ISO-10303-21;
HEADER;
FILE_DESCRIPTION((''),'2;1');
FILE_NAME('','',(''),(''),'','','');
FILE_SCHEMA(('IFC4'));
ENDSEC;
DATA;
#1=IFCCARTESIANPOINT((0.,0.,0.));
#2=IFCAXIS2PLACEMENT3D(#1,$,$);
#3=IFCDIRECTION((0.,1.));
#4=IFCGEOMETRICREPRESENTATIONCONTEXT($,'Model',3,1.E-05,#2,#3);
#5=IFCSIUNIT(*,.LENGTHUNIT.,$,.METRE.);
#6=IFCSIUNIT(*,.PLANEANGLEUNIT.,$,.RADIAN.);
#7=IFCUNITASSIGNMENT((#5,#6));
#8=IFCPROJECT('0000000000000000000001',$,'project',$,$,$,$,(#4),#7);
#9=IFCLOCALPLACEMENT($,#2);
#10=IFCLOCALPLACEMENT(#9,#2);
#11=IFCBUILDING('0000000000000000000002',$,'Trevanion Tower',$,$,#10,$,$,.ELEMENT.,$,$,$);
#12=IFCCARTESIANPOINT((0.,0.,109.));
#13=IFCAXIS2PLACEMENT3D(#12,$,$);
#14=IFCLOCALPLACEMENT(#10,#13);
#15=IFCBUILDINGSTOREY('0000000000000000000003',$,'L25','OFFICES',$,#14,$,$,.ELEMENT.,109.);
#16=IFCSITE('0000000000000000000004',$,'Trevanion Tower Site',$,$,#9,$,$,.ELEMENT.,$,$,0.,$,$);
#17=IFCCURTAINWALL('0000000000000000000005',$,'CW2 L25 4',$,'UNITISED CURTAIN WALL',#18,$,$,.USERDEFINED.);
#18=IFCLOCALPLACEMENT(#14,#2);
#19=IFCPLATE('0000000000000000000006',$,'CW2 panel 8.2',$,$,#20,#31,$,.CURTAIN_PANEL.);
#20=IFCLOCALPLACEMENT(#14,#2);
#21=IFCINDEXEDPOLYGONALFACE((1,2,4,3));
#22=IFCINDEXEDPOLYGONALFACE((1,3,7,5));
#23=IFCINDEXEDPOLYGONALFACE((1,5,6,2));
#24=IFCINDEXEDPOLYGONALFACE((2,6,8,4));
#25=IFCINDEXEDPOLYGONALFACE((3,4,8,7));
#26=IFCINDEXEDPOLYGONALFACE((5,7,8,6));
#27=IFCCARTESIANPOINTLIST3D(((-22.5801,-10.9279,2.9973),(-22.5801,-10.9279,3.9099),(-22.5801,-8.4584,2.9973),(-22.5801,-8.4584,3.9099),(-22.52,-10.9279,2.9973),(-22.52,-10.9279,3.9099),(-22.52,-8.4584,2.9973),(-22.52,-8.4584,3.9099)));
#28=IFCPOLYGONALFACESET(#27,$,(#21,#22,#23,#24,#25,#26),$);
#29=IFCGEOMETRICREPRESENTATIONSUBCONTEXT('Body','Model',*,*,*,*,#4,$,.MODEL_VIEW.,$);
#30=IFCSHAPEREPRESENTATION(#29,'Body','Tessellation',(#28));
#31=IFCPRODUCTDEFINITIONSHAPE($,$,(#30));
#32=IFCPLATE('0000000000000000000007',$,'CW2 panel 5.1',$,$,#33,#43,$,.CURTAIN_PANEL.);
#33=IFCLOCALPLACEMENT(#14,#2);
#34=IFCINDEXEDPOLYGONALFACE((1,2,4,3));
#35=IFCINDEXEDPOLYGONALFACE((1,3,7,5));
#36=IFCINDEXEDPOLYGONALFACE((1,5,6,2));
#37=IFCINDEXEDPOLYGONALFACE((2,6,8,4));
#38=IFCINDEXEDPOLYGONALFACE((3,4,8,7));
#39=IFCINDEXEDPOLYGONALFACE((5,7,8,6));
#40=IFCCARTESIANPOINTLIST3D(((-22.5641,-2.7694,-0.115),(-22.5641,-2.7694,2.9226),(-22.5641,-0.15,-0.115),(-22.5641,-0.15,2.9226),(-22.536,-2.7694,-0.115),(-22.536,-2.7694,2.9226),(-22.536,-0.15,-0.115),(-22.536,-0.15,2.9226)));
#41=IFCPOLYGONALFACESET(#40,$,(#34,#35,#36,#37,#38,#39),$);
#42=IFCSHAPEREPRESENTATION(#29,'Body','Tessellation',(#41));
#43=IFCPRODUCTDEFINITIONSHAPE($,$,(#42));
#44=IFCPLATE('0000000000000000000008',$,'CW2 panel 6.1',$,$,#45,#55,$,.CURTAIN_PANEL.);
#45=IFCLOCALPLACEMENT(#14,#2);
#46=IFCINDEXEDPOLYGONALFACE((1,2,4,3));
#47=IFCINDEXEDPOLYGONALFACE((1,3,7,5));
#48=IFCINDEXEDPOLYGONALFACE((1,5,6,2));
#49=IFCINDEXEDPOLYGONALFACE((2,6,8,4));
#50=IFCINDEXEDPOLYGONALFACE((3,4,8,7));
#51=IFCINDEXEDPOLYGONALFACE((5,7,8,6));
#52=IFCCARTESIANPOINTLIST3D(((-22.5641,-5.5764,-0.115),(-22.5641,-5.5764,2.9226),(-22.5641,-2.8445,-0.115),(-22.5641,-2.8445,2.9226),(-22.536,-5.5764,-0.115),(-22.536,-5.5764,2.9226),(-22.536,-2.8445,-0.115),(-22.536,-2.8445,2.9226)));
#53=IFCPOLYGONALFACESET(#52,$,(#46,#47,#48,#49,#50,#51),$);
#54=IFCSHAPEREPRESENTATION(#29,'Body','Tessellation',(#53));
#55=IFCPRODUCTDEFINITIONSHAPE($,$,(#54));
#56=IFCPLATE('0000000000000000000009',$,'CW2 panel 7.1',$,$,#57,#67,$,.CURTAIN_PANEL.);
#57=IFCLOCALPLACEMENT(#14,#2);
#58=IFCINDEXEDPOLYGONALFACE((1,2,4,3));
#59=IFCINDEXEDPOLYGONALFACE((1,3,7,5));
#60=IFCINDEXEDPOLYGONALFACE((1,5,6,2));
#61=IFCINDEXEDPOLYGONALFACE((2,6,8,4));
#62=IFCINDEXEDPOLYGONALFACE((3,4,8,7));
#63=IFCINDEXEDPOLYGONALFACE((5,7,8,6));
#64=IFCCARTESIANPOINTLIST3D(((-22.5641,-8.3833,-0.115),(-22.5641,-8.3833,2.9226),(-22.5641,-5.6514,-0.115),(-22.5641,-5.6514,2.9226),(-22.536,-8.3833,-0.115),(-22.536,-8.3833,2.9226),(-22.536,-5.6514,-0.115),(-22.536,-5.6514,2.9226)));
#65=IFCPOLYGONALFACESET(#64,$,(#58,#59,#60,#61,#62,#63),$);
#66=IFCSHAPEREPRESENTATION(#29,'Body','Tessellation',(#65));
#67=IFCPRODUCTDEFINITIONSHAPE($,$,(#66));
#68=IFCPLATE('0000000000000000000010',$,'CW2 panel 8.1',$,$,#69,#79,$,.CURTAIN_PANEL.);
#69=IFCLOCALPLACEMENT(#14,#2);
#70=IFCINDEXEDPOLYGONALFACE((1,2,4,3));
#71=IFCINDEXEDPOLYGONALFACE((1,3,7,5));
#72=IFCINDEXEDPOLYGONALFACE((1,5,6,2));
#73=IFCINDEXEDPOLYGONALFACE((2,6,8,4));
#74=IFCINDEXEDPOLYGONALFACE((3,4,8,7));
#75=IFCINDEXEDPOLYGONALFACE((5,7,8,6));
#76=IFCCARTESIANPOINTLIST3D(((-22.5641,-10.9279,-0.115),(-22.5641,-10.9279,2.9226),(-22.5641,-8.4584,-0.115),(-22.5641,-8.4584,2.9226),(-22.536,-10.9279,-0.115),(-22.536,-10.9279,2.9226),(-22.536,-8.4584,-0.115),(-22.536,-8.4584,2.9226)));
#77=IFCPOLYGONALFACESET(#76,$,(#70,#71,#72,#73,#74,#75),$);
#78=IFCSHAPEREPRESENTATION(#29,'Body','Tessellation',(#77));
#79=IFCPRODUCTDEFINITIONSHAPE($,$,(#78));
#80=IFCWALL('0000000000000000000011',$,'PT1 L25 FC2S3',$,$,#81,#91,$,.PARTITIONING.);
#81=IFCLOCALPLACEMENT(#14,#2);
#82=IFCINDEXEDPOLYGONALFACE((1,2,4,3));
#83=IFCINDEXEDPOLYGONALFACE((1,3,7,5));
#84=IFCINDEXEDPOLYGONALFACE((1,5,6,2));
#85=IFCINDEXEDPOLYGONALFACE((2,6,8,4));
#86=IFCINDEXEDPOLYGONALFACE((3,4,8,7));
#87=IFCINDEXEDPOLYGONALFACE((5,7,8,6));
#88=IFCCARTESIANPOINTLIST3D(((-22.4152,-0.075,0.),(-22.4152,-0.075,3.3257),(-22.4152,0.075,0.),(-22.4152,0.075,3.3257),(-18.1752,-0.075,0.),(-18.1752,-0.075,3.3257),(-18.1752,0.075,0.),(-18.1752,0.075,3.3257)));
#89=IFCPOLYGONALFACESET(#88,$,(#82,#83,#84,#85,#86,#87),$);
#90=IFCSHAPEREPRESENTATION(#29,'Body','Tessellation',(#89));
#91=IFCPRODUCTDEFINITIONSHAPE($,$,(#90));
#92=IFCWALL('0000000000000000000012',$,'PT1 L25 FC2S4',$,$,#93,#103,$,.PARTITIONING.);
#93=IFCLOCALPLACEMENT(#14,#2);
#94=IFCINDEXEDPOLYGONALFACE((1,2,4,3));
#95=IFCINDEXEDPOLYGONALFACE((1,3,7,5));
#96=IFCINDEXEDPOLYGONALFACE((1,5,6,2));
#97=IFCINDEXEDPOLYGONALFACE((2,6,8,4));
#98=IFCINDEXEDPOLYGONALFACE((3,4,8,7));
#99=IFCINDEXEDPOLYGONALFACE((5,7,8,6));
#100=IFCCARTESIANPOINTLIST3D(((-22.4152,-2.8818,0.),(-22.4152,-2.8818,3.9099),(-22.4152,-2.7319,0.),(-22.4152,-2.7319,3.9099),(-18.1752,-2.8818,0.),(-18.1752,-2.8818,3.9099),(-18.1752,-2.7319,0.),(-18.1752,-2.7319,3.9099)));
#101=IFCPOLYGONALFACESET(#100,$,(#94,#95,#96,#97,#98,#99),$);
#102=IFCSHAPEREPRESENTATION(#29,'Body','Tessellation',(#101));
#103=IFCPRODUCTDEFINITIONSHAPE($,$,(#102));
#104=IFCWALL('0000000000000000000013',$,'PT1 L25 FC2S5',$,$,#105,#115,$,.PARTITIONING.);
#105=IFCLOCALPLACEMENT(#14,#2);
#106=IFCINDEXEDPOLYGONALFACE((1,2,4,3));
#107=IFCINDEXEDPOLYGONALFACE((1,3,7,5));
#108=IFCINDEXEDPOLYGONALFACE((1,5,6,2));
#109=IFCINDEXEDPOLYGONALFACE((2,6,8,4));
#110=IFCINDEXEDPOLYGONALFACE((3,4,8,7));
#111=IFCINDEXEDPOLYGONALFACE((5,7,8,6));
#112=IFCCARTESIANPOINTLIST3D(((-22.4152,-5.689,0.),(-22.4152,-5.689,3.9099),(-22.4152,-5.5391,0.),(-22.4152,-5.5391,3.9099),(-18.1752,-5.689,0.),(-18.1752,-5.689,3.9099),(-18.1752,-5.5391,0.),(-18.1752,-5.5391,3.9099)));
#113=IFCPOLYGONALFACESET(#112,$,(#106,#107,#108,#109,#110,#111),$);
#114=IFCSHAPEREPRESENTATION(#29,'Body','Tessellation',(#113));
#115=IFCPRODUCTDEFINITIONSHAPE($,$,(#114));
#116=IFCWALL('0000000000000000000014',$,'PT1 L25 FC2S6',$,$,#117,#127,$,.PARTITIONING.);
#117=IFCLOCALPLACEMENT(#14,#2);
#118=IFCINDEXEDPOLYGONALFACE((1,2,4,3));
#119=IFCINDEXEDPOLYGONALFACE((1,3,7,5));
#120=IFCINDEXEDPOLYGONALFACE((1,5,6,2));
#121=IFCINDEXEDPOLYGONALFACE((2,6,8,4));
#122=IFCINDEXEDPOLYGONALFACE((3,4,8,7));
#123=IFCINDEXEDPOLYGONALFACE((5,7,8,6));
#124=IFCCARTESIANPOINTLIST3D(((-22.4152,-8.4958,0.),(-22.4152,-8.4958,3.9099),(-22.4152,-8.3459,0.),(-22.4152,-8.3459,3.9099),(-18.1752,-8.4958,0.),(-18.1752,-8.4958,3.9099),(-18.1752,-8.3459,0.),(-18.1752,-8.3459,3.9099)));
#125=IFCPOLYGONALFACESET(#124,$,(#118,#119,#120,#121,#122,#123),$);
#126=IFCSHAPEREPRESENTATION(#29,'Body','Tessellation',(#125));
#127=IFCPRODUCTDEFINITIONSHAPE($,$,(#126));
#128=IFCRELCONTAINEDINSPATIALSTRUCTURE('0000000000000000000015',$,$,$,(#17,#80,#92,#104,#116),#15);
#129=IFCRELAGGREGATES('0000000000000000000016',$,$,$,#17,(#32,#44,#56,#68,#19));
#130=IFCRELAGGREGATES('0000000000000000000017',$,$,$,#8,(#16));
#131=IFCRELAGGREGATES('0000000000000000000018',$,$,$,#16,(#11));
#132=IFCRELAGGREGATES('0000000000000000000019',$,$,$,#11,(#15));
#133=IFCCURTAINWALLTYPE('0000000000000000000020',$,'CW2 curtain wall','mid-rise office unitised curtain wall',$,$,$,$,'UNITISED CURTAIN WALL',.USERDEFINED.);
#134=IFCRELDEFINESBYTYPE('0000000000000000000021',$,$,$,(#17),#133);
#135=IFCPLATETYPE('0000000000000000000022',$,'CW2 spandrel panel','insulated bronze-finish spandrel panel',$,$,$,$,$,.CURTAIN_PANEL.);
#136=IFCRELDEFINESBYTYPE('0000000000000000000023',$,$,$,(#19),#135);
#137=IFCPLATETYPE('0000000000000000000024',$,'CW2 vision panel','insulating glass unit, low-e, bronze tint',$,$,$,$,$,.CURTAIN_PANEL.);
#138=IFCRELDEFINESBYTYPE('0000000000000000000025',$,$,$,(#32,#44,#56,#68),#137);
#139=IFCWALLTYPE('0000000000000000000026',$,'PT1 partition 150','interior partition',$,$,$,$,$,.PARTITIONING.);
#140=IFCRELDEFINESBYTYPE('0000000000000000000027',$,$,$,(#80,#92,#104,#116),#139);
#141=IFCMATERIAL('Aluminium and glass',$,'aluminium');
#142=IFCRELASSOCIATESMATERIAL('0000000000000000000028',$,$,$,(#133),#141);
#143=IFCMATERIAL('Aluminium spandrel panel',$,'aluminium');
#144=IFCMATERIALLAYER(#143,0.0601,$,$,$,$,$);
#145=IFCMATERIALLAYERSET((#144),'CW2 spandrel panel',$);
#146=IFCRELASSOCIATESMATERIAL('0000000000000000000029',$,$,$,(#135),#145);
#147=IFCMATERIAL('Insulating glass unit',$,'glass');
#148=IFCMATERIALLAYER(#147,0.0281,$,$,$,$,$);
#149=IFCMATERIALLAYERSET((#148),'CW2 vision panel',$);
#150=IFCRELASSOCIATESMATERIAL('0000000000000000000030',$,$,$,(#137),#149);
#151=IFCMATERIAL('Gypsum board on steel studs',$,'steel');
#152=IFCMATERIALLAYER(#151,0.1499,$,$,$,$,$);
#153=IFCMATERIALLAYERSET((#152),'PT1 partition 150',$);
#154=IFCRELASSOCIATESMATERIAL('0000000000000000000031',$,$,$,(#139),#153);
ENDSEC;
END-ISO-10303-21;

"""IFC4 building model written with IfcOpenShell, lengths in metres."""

from ifc_helpers import new_model, si_unit, direction, frame, frame_2d, origin, origin_2d, place, context, subcontext, project, spatial, rectangle, extrude, material, layer, layer_set, type_object, element, aggregate, save


model = new_model("IFC4")

# Units and contexts
model_context = context("Model", 3, precision=1e-05, world=origin(), true_north=direction((0.0, 1.0)))
body_context = subcontext(model_context, "Body", "Model", "MODEL_VIEW")
ifc_project = project(units=[si_unit("LENGTHUNIT", "METRE"), si_unit("PLANEANGLEUNIT", "RADIAN")], contexts=[model_context])

# Site, building, storey
site_placement = place(None, origin())
site = spatial("IfcSite", under=ifc_project, at=site_placement, Name="Trevanion Tower Site", CompositionType="ELEMENT", RefElevation=0.0)
building_placement = place(site_placement, origin())
building = spatial("IfcBuilding", under=site, at=building_placement, Name="Trevanion Tower", CompositionType="ELEMENT")
storey_placement = place(building_placement, frame((0.0, 0.0, 109.0)))
storey = spatial("IfcBuildingStorey", under=building, at=storey_placement, Name="L25", Description="OFFICES", CompositionType="ELEMENT", Elevation=109.0)

# Curtain wall
ifc_material_1 = material(Name="Aluminium and glass", Category="aluminium")
curtain_wall_type = type_object("IfcCurtainWallType", Name="CW2 curtain wall", Description="mid-rise office unitised curtain wall", ElementType="UNITISED CURTAIN WALL", PredefinedType="USERDEFINED", material=ifc_material_1)
curtain_wall_placement = place(storey_placement, origin())
curtain_wall = element("IfcCurtainWall", 1, at=curtain_wall_placement, inside=storey, type_object=curtain_wall_type, Name="CW2 L25 4", ObjectType="UNITISED CURTAIN WALL", PredefinedType="USERDEFINED")

# Plates
ifc_material_2 = material(Name="Aluminium spandrel panel", Category="aluminium")
ifc_layer_1 = layer(ifc_material_2, 0.0601)
ifc_layer_set_1 = layer_set([ifc_layer_1], Name="CW2 spandrel panel")
plate_type_1 = type_object("IfcPlateType", Name="CW2 spandrel panel", Description="insulated bronze-finish spandrel panel", PredefinedType="CURTAIN_PANEL", material=ifc_layer_set_1)
plate_1_placement = place(storey_placement, frame((-22.55, -9.6931, 2.9973), z_axis=(0.0, 0.0, 1.0), x_axis=(0.0, -1.0, 0.0)))
plate_1 = element("IfcPlate", 2, at=plate_1_placement, type_object=plate_type_1, Name="CW2 panel 8.2", PredefinedType="CURTAIN_PANEL", context=body_context, shape_type="SweptSolid", body=[
    extrude(rectangle(XDim=2.4695, YDim=0.0601, at=origin_2d()), origin(), (0.0, 0.0, 1.0), 0.9126),
])
ifc_material_3 = material(Name="Insulating glass unit", Category="glass")
ifc_layer_2 = layer(ifc_material_3, 0.0281)
ifc_layer_set_2 = layer_set([ifc_layer_2], Name="CW2 vision panel")
plate_type_2 = type_object("IfcPlateType", Name="CW2 vision panel", Description="insulating glass unit, low-e, bronze tint", PredefinedType="CURTAIN_PANEL", material=ifc_layer_set_2)
plate_2_placement = place(storey_placement, frame((-22.55, -1.4597, -0.115), z_axis=(0.0, 0.0, 1.0), x_axis=(0.0, -1.0, 0.0)))
plate_2 = element("IfcPlate", 3, at=plate_2_placement, type_object=plate_type_2, Name="CW2 panel 5.1", PredefinedType="CURTAIN_PANEL", context=body_context, shape_type="SweptSolid", body=[
    extrude(rectangle(XDim=2.6194, YDim=0.0281, at=origin_2d()), origin(), (0.0, 0.0, 1.0), 3.0376),
])
plate_3_placement = place(storey_placement, frame((-22.55, -4.2104, -0.115), z_axis=(0.0, 0.0, 1.0), x_axis=(0.0, -1.0, 0.0)))
plate_3 = element("IfcPlate", 4, at=plate_3_placement, type_object=plate_type_2, Name="CW2 panel 6.1", PredefinedType="CURTAIN_PANEL", context=body_context, shape_type="SweptSolid", body=[
    extrude(rectangle(XDim=2.7319, YDim=0.0281, at=origin_2d()), origin(), (0.0, 0.0, 1.0), 3.0376),
])
plate_4_placement = place(storey_placement, frame((-22.55, -7.0173, -0.115), z_axis=(0.0, 0.0, 1.0), x_axis=(0.0, -1.0, 0.0)))
plate_4 = element("IfcPlate", 5, at=plate_4_placement, type_object=plate_type_2, Name="CW2 panel 7.1", PredefinedType="CURTAIN_PANEL", context=body_context, shape_type="SweptSolid", body=[
    extrude(rectangle(XDim=2.7319, YDim=0.0281, at=origin_2d()), origin(), (0.0, 0.0, 1.0), 3.0376),
])
plate_5_placement = place(storey_placement, frame((-22.55, -9.6931, -0.115), z_axis=(0.0, 0.0, 1.0), x_axis=(0.0, -1.0, 0.0)))
plate_5 = element("IfcPlate", 6, at=plate_5_placement, type_object=plate_type_2, Name="CW2 panel 8.1", PredefinedType="CURTAIN_PANEL", context=body_context, shape_type="SweptSolid", body=[
    extrude(rectangle(XDim=2.4695, YDim=0.0281, at=origin_2d()), origin(), (0.0, 0.0, 1.0), 3.0376),
])
aggregate(curtain_wall, [plate_2, plate_3, plate_4, plate_5, plate_1])

# Walls
ifc_material_4 = material(Name="Gypsum board on steel studs", Category="steel")
ifc_layer_3 = layer(ifc_material_4, 0.1499)
ifc_layer_set_3 = layer_set([ifc_layer_3], Name="PT1 partition 150")
wall_type = type_object("IfcWallType", Name="PT1 partition 150", Description="interior partition", PredefinedType="PARTITIONING", material=ifc_layer_set_3)
wall_placement = place(storey_placement, frame((-18.175, 0.0, 0.0), z_axis=(0.0, 0.0, 1.0), x_axis=(-1.0, 0.0, 0.0)))
element("IfcWall", 7, at=wall_placement, inside=storey, type_object=wall_type, Name="PT1 L25 FC2S3", PredefinedType="PARTITIONING", context=body_context, shape_type="SweptSolid", body=[
    extrude(rectangle(XDim=4.24, YDim=0.1499, at=frame_2d((2.1201, 0.0))), origin(), (0.0, 0.0, 1.0), 3.3257),
])
for number, where, z_axis, x_axis, name in (
    (8, (-18.175, -2.8069, 0.0), (0.0, 0.0, 1.0), (-1.0, 0.0, 0.0), "PT1 L25 FC2S4"),
    (9, (-18.175, -5.614, 0.0), (0.0, 0.0, 1.0), (-1.0, 0.0, 0.0), "PT1 L25 FC2S5"),
    (10, (-18.175, -8.4209, 0.0), (0.0, 0.0, 1.0), (-1.0, 0.0, 0.0), "PT1 L25 FC2S6"),
):
    element("IfcWall", number, at=place(storey_placement, frame(where, z_axis=z_axis, x_axis=x_axis)), inside=storey, type_object=wall_type, Name=name, PredefinedType="PARTITIONING", context=body_context, shape_type="SweptSolid", body=[
        extrude(rectangle(XDim=4.24, YDim=0.1499, at=frame_2d((2.1201, 0.0))), origin(), (0.0, 0.0, 1.0), 3.9099),
    ])

save(model, "model.ifc")
